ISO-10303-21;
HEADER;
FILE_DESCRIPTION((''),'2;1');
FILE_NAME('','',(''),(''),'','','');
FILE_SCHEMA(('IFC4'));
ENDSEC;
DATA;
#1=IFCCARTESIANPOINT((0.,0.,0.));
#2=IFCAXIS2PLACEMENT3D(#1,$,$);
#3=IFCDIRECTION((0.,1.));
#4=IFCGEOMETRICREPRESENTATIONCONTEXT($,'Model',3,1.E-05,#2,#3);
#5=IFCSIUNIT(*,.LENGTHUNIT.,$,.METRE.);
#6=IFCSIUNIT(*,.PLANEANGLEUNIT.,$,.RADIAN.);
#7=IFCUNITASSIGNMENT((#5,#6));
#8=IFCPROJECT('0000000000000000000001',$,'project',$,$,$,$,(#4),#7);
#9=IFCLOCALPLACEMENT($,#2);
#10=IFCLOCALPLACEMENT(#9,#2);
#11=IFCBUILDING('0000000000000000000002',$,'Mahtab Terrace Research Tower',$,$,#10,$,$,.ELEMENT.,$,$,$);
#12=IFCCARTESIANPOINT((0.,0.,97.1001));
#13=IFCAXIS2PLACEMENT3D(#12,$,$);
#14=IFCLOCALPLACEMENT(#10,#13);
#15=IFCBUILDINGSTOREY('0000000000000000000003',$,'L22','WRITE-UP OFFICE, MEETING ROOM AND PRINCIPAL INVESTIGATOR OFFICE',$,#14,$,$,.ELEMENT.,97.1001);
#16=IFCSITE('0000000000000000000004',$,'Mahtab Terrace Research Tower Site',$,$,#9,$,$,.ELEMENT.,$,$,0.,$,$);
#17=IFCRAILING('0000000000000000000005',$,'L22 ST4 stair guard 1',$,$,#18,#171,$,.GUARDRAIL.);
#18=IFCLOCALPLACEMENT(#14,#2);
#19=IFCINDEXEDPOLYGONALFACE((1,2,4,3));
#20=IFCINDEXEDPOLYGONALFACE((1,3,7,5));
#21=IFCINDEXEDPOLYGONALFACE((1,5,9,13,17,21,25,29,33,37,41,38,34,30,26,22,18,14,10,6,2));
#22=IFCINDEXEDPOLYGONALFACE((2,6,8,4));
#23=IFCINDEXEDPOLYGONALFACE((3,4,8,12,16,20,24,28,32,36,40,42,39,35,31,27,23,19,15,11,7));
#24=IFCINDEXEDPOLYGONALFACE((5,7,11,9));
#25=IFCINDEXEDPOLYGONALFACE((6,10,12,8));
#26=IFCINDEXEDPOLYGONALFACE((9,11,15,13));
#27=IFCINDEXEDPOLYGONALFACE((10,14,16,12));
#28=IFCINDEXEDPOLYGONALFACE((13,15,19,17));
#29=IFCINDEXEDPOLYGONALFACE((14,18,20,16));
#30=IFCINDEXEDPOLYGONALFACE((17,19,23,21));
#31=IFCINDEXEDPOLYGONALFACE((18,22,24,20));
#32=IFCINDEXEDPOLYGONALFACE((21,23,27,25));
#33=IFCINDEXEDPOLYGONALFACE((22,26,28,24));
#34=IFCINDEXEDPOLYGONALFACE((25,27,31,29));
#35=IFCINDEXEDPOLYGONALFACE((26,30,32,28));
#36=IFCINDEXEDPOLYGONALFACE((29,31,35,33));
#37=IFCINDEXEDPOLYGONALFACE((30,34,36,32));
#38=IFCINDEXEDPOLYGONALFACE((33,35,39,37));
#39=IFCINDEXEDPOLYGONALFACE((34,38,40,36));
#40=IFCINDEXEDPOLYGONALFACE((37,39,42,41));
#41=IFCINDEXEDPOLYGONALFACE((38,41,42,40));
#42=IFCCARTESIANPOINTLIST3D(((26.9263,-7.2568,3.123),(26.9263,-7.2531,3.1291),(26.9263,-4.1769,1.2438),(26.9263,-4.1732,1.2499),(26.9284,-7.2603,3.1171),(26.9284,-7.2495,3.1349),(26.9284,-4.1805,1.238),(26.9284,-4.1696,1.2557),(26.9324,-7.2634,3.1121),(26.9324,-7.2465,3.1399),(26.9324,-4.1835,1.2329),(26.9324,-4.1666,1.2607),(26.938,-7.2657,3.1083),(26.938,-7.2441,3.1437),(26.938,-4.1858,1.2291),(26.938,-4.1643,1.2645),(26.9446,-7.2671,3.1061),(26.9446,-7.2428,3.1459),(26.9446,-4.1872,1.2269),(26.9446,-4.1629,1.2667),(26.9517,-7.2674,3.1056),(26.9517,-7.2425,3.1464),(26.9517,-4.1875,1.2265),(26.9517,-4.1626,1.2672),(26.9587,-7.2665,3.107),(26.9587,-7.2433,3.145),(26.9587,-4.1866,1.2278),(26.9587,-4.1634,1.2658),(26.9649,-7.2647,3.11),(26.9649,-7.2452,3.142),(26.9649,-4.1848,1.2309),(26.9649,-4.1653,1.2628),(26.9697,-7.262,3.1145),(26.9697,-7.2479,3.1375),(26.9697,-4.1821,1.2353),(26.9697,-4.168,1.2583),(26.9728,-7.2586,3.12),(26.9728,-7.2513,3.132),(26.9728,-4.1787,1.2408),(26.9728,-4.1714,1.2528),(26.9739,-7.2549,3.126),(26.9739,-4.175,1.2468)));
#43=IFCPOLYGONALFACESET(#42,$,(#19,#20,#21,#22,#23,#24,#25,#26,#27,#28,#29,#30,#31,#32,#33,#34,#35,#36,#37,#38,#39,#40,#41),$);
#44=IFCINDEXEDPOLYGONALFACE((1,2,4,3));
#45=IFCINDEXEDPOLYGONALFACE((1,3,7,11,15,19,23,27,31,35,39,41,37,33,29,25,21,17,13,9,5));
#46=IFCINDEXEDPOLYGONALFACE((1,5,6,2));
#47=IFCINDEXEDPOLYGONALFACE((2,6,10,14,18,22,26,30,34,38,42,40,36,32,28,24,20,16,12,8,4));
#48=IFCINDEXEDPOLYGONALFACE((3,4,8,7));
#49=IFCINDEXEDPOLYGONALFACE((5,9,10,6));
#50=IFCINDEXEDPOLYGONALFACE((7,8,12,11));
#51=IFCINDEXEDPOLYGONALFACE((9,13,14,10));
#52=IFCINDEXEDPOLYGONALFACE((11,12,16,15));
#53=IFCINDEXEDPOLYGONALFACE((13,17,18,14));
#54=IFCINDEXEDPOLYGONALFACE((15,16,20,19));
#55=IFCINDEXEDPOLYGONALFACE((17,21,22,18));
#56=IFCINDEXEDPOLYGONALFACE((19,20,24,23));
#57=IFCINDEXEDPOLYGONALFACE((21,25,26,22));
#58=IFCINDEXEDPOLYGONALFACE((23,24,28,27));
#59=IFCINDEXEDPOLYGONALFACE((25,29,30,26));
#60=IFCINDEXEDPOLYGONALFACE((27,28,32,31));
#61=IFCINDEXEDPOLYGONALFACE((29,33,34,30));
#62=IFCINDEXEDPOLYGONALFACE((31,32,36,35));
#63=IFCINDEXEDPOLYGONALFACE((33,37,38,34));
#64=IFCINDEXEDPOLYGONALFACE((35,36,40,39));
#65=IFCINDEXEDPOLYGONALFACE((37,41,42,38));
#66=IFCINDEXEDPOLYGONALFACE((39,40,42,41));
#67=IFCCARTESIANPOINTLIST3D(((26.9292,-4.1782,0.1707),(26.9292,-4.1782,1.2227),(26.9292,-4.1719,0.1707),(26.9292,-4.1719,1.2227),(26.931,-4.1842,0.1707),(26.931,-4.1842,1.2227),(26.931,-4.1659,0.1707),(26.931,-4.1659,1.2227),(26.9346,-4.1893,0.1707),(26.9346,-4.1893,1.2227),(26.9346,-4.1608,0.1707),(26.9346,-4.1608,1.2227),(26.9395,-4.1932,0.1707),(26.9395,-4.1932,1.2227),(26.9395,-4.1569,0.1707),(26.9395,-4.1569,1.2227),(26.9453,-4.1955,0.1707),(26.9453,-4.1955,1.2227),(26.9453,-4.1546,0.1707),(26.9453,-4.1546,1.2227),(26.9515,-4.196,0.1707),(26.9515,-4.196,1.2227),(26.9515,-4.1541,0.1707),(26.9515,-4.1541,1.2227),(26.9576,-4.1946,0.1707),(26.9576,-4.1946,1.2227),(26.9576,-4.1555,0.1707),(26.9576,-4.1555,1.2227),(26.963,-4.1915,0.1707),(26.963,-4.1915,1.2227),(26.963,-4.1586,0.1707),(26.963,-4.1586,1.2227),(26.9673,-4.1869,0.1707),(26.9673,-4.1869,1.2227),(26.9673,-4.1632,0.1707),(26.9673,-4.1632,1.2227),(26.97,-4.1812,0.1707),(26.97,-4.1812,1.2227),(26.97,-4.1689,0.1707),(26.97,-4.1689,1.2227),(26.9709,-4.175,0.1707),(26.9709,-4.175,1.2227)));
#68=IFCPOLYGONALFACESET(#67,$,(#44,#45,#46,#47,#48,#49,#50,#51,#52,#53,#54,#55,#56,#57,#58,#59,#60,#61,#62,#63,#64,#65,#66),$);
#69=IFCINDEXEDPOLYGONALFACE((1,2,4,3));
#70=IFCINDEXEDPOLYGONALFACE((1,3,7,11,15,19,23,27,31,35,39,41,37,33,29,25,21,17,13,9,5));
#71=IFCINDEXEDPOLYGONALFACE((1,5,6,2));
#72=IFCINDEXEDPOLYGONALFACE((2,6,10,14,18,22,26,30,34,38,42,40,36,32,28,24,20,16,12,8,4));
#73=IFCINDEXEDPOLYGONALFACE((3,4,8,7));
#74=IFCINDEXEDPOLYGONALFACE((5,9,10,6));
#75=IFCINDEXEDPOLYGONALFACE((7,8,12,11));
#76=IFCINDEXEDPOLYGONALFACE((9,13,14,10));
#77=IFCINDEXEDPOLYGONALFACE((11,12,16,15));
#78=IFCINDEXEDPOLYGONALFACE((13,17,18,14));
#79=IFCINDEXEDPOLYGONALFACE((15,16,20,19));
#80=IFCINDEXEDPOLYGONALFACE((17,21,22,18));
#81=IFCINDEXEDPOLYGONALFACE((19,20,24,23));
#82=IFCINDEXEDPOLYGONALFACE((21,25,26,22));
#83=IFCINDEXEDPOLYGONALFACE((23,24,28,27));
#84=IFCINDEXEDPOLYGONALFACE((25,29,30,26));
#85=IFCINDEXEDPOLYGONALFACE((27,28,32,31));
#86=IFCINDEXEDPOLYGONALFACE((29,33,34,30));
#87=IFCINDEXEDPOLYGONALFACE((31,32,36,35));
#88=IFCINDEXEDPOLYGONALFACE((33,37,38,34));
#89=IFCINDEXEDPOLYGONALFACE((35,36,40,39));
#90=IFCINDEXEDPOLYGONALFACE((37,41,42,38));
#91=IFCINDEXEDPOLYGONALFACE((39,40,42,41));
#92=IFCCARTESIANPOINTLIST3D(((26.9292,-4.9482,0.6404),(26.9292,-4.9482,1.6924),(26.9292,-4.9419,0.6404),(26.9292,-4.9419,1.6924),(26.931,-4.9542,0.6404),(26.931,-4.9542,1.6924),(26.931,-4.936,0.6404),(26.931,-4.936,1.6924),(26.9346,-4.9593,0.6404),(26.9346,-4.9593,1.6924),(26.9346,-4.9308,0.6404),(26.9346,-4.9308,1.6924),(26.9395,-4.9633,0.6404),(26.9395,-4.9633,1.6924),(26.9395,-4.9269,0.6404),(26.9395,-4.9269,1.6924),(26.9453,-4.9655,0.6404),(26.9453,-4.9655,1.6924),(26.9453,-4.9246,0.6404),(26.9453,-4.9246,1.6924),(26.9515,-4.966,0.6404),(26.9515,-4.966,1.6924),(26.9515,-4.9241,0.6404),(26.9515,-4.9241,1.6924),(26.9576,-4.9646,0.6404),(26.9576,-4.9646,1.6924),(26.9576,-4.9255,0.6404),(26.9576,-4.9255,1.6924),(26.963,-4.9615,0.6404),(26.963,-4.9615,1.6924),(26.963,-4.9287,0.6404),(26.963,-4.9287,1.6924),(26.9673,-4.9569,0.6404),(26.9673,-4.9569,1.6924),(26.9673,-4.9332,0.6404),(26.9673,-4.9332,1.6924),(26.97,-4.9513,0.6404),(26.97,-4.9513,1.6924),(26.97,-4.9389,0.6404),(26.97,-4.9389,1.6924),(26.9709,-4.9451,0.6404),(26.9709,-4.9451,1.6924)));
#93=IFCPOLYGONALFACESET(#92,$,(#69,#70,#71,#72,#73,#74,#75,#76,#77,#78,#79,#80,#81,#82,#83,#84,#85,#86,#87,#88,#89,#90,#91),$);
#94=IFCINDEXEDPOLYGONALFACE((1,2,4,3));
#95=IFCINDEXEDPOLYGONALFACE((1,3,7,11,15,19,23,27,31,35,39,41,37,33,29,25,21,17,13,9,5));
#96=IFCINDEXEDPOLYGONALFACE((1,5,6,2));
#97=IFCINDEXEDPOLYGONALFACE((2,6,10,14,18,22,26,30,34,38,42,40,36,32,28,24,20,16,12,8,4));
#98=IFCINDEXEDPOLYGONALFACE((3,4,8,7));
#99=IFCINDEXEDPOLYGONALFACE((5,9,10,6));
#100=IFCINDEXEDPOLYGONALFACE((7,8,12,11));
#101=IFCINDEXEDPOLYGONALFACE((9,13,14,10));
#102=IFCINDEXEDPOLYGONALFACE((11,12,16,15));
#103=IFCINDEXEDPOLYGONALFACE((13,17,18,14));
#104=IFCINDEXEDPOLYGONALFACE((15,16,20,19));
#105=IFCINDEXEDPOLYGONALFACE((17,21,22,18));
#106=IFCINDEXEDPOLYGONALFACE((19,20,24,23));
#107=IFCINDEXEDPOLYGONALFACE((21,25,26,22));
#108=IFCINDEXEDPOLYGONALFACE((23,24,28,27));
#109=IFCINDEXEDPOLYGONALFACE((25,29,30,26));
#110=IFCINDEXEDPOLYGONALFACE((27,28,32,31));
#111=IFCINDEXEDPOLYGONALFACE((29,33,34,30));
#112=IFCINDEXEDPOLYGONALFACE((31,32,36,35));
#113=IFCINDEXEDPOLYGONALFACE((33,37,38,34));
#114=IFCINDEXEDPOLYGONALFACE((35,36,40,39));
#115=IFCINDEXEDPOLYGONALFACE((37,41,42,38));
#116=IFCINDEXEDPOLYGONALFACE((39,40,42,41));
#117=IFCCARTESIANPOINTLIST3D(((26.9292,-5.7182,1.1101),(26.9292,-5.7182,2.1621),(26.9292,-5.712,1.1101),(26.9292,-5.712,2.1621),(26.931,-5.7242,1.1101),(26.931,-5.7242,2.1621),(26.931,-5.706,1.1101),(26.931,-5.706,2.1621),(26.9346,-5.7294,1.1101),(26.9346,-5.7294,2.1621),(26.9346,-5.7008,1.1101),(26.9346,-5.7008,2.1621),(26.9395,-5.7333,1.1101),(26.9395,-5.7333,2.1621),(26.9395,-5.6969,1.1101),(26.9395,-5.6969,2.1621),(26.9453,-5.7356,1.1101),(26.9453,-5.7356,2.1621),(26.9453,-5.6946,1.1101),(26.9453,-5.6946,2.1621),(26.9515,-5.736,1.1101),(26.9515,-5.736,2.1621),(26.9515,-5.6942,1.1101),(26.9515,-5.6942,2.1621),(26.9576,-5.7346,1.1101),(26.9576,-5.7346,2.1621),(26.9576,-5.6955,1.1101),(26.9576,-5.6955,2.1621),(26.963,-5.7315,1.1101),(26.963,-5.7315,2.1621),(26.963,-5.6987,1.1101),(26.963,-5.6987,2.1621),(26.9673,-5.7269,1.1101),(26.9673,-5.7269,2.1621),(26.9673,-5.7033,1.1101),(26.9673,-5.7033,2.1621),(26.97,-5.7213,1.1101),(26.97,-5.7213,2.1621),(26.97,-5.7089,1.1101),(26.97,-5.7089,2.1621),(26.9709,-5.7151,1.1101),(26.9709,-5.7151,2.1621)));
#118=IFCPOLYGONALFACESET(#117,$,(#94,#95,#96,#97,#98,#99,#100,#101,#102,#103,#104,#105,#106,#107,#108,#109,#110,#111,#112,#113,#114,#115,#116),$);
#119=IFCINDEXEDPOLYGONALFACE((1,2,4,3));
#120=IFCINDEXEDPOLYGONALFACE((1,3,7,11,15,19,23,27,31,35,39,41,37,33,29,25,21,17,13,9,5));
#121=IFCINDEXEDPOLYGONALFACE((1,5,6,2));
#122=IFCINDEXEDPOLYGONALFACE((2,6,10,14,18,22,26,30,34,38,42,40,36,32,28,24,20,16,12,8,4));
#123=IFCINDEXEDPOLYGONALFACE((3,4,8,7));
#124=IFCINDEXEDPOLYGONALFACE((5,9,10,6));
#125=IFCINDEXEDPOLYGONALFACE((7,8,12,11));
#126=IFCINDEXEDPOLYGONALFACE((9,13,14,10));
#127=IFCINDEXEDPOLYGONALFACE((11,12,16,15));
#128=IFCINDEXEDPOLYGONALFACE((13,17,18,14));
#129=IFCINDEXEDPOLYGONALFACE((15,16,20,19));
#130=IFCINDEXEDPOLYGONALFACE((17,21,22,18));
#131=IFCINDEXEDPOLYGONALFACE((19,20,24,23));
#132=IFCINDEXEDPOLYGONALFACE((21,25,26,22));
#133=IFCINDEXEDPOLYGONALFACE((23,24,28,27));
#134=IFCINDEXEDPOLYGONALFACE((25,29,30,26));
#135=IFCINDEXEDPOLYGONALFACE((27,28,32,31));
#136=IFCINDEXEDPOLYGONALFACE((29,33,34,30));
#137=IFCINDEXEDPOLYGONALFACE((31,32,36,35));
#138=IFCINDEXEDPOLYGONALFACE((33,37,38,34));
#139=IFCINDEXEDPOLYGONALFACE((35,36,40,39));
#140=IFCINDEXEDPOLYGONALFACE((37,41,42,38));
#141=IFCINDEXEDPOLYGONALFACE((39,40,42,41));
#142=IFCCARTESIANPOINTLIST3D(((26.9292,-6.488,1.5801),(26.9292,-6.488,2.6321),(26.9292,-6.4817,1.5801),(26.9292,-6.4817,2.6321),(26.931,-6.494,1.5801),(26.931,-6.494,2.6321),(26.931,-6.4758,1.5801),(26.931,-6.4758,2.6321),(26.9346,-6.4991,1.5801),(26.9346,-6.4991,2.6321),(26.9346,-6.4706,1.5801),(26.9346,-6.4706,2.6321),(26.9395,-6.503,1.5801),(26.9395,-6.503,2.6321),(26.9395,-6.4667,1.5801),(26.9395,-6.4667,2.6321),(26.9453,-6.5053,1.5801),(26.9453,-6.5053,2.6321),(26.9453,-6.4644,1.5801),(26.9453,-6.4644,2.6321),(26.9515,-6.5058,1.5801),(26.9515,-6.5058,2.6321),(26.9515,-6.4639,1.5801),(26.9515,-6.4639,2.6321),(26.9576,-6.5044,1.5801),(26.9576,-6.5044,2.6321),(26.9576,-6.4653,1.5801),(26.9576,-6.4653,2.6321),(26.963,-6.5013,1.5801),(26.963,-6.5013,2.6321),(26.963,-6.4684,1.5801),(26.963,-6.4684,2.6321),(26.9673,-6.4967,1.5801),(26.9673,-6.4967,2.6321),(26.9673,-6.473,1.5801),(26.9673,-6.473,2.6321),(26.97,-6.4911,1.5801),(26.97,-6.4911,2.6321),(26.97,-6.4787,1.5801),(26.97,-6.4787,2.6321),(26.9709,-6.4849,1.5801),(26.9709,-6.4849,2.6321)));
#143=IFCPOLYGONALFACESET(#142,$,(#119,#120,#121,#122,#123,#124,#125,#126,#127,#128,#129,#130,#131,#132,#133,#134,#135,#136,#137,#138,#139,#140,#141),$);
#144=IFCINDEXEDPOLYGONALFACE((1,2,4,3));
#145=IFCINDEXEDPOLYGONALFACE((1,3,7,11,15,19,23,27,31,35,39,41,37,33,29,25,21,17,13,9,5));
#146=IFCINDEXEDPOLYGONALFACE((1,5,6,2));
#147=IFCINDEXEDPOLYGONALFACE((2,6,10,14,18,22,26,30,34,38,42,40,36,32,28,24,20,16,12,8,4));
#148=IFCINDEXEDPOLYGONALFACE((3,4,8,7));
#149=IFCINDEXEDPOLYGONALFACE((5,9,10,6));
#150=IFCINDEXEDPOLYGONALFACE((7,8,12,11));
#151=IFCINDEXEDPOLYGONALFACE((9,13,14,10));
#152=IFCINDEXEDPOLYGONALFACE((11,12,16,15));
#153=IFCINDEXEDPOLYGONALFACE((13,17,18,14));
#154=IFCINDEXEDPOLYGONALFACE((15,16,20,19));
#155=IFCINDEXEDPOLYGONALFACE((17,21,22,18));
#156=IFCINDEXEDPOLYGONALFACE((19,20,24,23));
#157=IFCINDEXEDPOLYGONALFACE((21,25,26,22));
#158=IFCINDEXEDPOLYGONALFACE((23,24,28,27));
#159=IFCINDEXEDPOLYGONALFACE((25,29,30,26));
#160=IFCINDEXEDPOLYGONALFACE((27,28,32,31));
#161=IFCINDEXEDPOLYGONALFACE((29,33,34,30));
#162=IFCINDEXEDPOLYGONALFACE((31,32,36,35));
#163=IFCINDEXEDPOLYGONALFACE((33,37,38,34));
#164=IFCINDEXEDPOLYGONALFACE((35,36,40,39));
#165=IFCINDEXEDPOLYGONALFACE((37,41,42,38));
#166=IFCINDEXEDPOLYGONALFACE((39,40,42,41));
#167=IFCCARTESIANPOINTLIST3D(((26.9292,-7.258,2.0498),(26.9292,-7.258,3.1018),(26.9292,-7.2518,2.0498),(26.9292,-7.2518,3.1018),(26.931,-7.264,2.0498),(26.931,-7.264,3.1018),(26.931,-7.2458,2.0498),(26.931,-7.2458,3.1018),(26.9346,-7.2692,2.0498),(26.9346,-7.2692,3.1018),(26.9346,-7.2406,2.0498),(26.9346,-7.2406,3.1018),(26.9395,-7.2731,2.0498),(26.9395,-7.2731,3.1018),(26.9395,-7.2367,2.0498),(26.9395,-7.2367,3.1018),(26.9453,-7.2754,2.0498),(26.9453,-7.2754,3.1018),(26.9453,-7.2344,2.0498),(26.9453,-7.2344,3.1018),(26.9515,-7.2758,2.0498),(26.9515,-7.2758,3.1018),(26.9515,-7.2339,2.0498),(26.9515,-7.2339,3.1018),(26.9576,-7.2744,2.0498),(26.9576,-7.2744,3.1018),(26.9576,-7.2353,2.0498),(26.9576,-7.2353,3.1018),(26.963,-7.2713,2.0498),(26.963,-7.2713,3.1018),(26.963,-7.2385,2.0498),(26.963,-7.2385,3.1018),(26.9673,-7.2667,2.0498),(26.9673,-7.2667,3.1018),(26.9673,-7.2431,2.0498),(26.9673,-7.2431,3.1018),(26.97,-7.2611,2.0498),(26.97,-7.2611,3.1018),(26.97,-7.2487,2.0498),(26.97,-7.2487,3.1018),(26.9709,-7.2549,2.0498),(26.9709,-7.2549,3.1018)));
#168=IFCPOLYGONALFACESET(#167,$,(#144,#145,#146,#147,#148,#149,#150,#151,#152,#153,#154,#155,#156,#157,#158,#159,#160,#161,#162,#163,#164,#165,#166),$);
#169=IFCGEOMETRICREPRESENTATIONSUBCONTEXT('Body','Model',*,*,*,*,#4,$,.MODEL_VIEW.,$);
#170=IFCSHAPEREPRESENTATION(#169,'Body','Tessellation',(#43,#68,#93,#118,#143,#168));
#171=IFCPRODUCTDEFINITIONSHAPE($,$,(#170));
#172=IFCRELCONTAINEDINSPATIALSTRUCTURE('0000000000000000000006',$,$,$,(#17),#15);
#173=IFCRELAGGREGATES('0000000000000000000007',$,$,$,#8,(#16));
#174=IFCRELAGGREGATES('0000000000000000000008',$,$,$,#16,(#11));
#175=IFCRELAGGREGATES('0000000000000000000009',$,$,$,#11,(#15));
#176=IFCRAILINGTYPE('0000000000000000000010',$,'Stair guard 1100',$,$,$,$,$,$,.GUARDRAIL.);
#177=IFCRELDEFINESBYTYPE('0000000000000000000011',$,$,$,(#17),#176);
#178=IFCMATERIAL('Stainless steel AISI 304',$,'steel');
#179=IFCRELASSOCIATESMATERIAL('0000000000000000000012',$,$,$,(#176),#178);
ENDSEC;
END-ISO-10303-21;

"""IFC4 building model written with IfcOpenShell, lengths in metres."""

from ifc_helpers import new_model, si_unit, direction, frame, origin, origin_2d, place, context, subcontext, project, spatial, circle, extrude, material, type_object, element, save


model = new_model("IFC4")

# Units and contexts
model_context = context("Model", 3, precision=1e-05, world=origin(), true_north=direction((0.0, 1.0)))
body_context = subcontext(model_context, "Body", "Model", "MODEL_VIEW")
ifc_project = project(units=[si_unit("LENGTHUNIT", "METRE"), si_unit("PLANEANGLEUNIT", "RADIAN")], contexts=[model_context])

# Site, building, storey
site_placement = place(None, origin())
site = spatial("IfcSite", under=ifc_project, at=site_placement, Name="Mahtab Terrace Research Tower Site", CompositionType="ELEMENT", RefElevation=0.0)
building_placement = place(site_placement, origin())
building = spatial("IfcBuilding", under=site, at=building_placement, Name="Mahtab Terrace Research Tower", CompositionType="ELEMENT")
storey_placement = place(building_placement, frame((0.0, 0.0, 97.1001)))
storey = spatial("IfcBuildingStorey", under=building, at=storey_placement, Name="L22", Description="WRITE-UP OFFICE, MEETING ROOM AND PRINCIPAL INVESTIGATOR OFFICE", CompositionType="ELEMENT", Elevation=97.1001)

# Shared definitions
ifc_material_1 = material(Name="Stainless steel AISI 304", Category="steel")

# Railing
railing_type_1 = type_object("IfcRailingType", Name="Stair guard 1100", PredefinedType="GUARDRAIL", material=ifc_material_1)
railing_1_placement = place(storey_placement, frame((26.95, -4.175, 0.1707)))
element("IfcRailing", 1, at=railing_1_placement, inside=storey, type_object=railing_type_1, Name="L22 ST4 stair guard 1", PredefinedType="GUARDRAIL", context=body_context, shape_type="SweptSolid", body=[
    extrude(circle(Radius=0.0239, at=origin_2d()), frame((0.0, 0.0, 1.0762), z_axis=(0.0, -0.853648, 0.52085), x_axis=(1.0, 0.0, 0.0)), (0.0, 0.0, 1.0), 3.6079),
    extrude(circle(Radius=0.021, at=origin_2d()), origin(), (0.0, 0.0, 1.0), 1.052),
    extrude(circle(Radius=0.021, at=origin_2d()), frame((0.0, -0.77, 0.4697)), (0.0, 0.0, 1.0), 1.052),
    extrude(circle(Radius=0.021, at=origin_2d()), frame((0.0, -1.54, 0.9395)), (0.0, 0.0, 1.0), 1.052),
    extrude(circle(Radius=0.021, at=origin_2d()), frame((0.0, -2.3098, 1.4094)), (0.0, 0.0, 1.0), 1.052),
    extrude(circle(Radius=0.021, at=origin_2d()), frame((0.0, -3.0798, 1.8792)), (0.0, 0.0, 1.0), 1.052),
])

save(model, "model.ifc")
